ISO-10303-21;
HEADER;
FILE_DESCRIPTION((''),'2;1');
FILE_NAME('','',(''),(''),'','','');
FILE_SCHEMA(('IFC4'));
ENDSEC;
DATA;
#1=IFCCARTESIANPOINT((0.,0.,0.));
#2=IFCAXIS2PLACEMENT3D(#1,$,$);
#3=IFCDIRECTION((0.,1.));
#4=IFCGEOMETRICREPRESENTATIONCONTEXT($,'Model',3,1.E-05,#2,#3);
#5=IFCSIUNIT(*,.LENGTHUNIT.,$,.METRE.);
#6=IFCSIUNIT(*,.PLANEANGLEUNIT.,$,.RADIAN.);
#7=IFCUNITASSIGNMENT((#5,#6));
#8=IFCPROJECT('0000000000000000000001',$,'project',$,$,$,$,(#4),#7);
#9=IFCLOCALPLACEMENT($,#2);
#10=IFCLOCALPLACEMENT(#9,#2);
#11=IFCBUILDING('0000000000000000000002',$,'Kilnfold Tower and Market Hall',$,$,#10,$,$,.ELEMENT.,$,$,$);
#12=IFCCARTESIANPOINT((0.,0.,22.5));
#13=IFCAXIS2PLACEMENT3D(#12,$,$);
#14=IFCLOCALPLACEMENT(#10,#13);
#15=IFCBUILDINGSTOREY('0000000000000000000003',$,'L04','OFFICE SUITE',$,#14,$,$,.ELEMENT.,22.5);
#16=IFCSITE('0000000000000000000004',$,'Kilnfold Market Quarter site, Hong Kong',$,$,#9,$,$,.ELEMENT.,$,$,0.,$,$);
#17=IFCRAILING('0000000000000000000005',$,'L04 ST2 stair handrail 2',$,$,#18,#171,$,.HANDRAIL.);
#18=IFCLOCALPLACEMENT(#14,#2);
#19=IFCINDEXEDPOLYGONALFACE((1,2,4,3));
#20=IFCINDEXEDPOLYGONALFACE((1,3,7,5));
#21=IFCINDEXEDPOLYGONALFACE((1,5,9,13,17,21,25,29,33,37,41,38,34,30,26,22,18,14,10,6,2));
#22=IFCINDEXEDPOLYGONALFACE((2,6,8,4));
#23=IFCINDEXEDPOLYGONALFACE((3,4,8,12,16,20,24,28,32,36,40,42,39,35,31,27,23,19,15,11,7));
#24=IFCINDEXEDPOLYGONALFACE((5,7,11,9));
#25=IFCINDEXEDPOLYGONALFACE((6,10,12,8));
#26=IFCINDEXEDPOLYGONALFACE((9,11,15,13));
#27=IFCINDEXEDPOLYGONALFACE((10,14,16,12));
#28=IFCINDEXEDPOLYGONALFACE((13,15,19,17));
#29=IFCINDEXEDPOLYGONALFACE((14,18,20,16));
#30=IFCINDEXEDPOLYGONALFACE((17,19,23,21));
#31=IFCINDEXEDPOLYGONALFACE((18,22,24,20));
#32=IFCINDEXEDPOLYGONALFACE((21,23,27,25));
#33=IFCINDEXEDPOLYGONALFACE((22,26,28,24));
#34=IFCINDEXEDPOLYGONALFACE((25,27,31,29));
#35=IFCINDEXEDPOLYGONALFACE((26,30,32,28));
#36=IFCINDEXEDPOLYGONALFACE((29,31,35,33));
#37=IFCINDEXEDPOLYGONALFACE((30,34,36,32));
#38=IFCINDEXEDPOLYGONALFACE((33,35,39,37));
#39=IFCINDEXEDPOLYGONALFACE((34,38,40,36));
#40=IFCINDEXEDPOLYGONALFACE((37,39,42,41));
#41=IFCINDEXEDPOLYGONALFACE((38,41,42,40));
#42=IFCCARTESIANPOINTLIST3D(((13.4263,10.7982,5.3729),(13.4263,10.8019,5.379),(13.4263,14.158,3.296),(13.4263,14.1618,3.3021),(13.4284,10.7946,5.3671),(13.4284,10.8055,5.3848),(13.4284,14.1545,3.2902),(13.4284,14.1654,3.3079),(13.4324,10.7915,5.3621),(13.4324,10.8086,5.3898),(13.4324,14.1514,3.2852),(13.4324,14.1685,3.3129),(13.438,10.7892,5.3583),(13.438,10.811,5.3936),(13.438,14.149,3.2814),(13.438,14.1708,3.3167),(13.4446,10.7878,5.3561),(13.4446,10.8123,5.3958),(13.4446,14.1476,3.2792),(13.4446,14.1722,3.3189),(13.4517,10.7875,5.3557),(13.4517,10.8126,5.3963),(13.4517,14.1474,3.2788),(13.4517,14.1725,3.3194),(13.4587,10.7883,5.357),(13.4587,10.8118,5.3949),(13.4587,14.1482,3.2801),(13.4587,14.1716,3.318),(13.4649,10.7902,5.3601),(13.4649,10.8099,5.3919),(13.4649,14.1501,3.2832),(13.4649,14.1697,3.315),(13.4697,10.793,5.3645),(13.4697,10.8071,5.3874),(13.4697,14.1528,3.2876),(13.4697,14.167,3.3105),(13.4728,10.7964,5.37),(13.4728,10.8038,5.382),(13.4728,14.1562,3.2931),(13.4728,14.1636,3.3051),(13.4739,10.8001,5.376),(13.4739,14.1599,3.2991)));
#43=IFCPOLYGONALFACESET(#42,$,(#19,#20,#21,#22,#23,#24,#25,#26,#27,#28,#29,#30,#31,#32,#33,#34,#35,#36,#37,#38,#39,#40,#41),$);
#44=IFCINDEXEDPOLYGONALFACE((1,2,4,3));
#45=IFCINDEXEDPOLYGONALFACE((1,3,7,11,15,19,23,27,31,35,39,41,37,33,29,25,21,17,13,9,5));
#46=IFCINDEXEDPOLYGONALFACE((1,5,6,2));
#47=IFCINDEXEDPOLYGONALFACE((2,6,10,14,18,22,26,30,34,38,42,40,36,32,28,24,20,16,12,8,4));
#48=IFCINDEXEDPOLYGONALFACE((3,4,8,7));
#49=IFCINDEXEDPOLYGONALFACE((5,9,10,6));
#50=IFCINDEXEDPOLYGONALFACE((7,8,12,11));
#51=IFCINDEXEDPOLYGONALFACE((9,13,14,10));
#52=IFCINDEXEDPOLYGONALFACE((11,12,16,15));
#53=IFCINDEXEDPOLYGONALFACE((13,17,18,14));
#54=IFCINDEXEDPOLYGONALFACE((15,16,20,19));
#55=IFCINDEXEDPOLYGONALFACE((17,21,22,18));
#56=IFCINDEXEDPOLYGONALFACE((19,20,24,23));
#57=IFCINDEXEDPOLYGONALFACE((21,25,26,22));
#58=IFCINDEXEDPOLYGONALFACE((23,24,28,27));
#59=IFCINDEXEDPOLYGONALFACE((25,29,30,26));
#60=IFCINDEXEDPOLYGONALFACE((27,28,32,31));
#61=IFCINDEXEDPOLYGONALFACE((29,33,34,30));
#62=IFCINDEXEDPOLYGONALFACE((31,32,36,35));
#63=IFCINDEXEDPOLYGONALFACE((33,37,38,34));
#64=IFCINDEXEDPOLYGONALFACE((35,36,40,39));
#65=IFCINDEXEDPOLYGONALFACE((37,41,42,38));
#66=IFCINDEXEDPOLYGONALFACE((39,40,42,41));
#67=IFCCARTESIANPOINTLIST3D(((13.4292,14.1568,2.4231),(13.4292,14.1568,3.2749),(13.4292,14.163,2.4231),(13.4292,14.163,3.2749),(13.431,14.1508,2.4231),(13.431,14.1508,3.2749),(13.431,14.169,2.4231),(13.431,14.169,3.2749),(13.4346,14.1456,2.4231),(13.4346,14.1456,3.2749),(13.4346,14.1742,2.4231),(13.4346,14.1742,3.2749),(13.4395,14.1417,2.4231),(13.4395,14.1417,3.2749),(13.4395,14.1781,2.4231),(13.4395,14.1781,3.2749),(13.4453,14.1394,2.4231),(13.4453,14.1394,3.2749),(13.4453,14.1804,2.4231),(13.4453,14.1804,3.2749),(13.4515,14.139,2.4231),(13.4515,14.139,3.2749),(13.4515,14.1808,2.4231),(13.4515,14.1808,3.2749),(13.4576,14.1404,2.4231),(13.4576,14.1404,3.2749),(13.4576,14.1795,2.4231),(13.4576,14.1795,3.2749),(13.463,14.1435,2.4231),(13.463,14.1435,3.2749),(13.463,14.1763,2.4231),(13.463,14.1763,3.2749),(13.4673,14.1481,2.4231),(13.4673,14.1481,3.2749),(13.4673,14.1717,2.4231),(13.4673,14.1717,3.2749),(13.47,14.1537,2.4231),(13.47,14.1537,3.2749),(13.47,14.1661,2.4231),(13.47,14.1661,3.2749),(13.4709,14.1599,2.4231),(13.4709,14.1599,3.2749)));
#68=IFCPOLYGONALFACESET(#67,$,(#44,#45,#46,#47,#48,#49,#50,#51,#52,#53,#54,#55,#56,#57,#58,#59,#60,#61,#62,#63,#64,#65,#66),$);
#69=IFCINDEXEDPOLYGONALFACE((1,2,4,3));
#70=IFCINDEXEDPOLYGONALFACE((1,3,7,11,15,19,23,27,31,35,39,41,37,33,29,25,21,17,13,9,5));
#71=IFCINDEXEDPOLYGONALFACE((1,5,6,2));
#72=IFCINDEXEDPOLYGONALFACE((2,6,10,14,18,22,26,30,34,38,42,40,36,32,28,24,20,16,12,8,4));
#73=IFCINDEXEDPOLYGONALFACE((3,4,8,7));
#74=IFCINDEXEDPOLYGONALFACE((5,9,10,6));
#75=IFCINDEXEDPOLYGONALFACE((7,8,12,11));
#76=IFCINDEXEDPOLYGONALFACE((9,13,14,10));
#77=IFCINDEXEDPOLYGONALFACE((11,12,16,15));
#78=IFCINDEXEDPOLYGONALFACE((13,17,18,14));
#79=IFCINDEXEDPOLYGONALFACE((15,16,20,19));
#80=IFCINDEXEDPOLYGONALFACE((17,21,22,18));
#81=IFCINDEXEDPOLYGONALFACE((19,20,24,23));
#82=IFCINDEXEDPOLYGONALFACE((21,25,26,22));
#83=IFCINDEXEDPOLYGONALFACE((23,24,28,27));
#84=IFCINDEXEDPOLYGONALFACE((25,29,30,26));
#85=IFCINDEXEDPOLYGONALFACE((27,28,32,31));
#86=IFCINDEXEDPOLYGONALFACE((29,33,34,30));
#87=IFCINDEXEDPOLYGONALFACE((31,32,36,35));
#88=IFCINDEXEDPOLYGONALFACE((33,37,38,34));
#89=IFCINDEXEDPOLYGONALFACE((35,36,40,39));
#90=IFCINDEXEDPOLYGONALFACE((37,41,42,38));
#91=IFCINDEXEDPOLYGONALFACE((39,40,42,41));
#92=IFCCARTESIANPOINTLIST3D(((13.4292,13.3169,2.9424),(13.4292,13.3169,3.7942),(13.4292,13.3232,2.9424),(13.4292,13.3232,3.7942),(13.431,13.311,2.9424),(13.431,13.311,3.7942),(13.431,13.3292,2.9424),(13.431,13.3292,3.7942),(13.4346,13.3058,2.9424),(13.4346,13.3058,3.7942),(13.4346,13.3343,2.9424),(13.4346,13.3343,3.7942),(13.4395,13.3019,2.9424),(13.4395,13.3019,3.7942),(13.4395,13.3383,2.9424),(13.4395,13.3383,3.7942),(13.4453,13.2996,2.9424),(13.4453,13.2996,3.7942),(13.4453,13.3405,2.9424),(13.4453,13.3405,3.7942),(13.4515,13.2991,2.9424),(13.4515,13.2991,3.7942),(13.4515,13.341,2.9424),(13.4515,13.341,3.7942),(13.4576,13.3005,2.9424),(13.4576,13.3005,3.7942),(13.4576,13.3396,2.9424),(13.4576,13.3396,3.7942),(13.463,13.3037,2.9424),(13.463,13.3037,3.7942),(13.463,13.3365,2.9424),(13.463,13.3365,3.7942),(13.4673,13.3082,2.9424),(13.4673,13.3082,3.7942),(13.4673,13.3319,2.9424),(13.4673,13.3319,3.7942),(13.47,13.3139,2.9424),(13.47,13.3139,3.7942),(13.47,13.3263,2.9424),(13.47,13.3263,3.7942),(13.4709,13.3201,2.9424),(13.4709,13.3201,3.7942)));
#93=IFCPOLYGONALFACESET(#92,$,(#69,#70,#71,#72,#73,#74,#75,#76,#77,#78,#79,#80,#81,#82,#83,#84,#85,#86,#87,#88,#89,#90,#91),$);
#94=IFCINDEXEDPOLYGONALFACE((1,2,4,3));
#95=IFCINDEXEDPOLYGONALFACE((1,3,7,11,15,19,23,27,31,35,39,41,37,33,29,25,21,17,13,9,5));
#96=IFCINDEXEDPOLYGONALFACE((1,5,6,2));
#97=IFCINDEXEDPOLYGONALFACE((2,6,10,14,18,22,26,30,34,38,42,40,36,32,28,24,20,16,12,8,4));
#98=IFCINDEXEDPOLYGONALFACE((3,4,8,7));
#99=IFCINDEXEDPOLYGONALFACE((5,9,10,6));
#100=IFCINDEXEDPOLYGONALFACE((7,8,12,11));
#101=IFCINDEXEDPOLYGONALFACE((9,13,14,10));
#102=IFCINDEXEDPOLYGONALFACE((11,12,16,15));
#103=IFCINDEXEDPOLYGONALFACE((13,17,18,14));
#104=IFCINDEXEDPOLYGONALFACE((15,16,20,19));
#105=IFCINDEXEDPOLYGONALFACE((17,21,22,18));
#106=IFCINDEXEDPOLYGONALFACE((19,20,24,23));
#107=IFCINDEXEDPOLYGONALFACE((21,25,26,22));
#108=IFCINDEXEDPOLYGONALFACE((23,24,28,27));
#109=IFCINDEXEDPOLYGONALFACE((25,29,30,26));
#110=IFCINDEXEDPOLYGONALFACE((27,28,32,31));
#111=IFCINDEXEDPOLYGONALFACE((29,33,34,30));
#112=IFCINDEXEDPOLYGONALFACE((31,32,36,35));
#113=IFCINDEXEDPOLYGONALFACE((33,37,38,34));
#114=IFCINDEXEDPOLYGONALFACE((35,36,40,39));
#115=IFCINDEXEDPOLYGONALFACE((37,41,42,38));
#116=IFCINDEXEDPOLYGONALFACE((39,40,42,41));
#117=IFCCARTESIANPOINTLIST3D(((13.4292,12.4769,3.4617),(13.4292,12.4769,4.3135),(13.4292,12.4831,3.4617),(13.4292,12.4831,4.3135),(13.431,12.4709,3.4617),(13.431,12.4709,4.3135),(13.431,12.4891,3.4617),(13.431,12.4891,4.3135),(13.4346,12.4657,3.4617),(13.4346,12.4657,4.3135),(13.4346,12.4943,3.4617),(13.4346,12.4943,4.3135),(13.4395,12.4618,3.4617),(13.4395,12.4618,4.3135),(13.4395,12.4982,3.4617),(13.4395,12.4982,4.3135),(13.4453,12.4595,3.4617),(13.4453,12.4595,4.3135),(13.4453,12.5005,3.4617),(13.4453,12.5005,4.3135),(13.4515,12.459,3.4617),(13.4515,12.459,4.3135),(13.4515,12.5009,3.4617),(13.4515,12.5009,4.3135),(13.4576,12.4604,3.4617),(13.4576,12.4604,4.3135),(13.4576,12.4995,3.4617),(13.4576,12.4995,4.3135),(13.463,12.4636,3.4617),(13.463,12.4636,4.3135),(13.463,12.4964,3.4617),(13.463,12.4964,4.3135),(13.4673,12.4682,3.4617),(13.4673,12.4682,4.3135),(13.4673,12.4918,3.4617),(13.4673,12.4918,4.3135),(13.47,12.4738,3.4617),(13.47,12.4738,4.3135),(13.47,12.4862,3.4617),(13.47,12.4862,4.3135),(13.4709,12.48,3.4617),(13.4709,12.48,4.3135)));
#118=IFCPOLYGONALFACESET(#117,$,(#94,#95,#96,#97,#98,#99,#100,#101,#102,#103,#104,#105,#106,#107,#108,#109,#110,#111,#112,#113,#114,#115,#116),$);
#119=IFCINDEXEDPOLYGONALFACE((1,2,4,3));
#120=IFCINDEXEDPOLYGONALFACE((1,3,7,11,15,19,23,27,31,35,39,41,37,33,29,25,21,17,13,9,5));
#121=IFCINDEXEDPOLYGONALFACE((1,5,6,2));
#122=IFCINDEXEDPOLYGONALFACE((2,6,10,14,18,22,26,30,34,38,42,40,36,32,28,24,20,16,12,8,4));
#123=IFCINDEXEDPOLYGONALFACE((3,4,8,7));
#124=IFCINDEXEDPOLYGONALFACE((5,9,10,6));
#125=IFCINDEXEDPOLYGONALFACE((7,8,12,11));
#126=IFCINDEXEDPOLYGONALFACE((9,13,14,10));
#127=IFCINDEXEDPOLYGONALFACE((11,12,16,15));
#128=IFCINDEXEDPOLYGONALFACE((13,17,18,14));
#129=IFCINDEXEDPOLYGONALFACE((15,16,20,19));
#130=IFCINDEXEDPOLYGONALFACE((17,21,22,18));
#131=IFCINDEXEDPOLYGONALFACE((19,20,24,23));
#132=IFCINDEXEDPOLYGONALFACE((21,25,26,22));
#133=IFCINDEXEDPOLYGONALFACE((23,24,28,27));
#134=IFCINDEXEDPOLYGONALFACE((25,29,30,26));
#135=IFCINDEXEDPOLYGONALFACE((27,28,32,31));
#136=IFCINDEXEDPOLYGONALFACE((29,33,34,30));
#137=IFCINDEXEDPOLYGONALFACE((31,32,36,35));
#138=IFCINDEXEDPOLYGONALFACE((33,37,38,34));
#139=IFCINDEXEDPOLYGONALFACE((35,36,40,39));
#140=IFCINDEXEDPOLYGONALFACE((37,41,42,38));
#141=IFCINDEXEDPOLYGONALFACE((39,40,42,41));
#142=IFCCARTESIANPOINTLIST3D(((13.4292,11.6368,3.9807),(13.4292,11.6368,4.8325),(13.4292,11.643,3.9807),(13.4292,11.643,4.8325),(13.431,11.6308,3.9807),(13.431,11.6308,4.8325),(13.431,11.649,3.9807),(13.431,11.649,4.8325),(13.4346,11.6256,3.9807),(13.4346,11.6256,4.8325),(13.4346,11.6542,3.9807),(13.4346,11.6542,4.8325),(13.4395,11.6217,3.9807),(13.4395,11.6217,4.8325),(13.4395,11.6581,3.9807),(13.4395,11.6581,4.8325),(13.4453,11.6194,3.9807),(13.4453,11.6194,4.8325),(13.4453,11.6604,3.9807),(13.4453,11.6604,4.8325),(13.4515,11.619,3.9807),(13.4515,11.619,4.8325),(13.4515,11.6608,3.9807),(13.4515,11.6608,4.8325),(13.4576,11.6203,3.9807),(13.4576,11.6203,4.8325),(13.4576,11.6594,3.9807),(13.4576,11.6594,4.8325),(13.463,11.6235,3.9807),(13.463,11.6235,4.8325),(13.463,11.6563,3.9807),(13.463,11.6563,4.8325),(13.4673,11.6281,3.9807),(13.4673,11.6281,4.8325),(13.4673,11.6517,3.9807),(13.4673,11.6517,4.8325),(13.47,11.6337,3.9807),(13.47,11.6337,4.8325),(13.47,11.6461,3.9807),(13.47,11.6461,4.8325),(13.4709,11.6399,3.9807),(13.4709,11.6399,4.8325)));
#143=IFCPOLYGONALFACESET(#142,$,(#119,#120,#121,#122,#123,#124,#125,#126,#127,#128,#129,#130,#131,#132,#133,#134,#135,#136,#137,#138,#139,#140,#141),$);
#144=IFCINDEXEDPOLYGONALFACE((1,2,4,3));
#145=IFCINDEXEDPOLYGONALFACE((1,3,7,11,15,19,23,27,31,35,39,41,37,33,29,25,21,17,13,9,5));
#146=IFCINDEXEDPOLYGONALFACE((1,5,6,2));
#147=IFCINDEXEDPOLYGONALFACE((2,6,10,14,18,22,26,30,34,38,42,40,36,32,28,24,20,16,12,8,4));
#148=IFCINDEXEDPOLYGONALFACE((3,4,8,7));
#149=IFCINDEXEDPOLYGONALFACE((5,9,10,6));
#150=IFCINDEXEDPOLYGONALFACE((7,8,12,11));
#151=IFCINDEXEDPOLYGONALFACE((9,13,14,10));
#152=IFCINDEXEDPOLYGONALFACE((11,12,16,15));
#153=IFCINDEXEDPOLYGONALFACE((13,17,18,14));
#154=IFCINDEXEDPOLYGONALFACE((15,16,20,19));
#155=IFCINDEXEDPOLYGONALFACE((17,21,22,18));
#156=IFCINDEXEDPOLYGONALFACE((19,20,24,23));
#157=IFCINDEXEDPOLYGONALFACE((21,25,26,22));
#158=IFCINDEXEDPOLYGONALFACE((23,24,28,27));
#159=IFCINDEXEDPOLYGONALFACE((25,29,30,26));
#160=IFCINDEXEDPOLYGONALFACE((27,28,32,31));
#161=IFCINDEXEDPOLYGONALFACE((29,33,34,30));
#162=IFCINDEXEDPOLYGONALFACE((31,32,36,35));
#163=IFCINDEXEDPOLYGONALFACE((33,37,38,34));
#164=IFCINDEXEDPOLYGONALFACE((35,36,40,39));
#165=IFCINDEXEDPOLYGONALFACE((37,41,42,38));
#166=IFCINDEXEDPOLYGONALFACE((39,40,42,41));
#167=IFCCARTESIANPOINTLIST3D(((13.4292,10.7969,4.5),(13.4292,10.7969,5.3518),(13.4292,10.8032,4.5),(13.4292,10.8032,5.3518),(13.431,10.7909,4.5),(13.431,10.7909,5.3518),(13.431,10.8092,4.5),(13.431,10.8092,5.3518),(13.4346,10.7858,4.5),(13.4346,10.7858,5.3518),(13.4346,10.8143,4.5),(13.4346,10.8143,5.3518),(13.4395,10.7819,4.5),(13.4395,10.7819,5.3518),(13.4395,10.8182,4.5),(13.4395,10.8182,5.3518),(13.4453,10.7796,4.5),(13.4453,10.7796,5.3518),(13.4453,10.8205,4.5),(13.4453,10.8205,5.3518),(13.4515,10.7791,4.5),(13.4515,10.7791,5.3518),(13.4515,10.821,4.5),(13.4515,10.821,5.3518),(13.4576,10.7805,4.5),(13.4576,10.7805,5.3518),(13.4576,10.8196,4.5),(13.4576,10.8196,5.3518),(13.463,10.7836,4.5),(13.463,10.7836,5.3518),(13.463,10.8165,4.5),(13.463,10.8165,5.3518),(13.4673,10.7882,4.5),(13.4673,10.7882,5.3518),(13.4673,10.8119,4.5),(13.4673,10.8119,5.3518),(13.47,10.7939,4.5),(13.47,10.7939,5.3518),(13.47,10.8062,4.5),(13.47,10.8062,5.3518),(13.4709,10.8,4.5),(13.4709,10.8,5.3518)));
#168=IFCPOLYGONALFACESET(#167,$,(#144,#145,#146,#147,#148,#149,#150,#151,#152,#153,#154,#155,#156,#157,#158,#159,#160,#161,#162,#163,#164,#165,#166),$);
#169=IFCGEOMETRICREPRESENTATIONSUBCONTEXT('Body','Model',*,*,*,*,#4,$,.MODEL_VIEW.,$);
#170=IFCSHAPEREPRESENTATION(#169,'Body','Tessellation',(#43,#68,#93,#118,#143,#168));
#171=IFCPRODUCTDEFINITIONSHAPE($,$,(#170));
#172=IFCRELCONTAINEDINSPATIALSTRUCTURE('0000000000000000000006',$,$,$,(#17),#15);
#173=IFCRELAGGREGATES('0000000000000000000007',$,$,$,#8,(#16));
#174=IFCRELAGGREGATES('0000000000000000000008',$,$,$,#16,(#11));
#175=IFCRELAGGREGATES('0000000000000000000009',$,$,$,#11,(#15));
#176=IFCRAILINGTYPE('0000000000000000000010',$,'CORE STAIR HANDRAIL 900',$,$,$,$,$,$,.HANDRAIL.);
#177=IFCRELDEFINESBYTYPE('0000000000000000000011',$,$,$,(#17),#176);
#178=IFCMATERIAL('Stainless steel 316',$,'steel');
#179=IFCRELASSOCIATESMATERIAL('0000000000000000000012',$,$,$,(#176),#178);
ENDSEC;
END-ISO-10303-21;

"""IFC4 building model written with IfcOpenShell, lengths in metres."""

from ifc_helpers import new_model, si_unit, direction, frame, origin, origin_2d, place, context, subcontext, project, spatial, circle, extrude, material, type_object, element, save


model = new_model("IFC4")

# Units and contexts
model_context = context("Model", 3, precision=1e-05, world=origin(), true_north=direction((0.0, 1.0)))
body_context = subcontext(model_context, "Body", "Model", "MODEL_VIEW")
ifc_project = project(units=[si_unit("LENGTHUNIT", "METRE"), si_unit("PLANEANGLEUNIT", "RADIAN")], contexts=[model_context])

# Site, building, storey
site_placement = place(None, origin())
site = spatial("IfcSite", under=ifc_project, at=site_placement, Name="Kilnfold Market Quarter site, Hong Kong", CompositionType="ELEMENT", RefElevation=0.0)
building_placement = place(site_placement, origin())
building = spatial("IfcBuilding", under=site, at=building_placement, Name="Kilnfold Tower and Market Hall", CompositionType="ELEMENT")
storey_placement = place(building_placement, frame((0.0, 0.0, 22.5)))
storey = spatial("IfcBuildingStorey", under=building, at=storey_placement, Name="L04", Description="OFFICE SUITE", CompositionType="ELEMENT", Elevation=22.5)

# Railing
ifc_material_1 = material(Name="Stainless steel 316", Category="steel")
railing_type = type_object("IfcRailingType", Name="CORE STAIR HANDRAIL 900", PredefinedType="HANDRAIL", material=ifc_material_1)
railing_1_placement = place(storey_placement, frame((13.45, 14.1599, 2.4231)))
element("IfcRailing", 1, at=railing_1_placement, inside=storey, type_object=railing_type, Name="L04 ST2 stair handrail 2", PredefinedType="HANDRAIL", context=body_context, shape_type="SweptSolid", body=[
    extrude(circle(Radius=0.0239, at=origin_2d()), frame((0.0, 0.0, 0.876), z_axis=(0.0, -0.850606, 0.525803), x_axis=(1.0, 0.0, 0.0)), (0.0, 0.0, 1.0), 3.95),
    extrude(circle(Radius=0.021, at=origin_2d()), origin(), (0.0, 0.0, 1.0), 0.8518),
    extrude(circle(Radius=0.021, at=origin_2d()), frame((0.0, -0.8398, 0.5193)), (0.0, 0.0, 1.0), 0.8518),
    extrude(circle(Radius=0.021, at=origin_2d()), frame((0.0, -1.6799, 1.0386)), (0.0, 0.0, 1.0), 0.8518),
    extrude(circle(Radius=0.021, at=origin_2d()), frame((0.0, -2.52, 1.5576)), (0.0, 0.0, 1.0), 0.8518),
    extrude(circle(Radius=0.021, at=origin_2d()), frame((0.0, -3.3599, 2.0769)), (0.0, 0.0, 1.0), 0.8518),
])

save(model, "model.ifc")
